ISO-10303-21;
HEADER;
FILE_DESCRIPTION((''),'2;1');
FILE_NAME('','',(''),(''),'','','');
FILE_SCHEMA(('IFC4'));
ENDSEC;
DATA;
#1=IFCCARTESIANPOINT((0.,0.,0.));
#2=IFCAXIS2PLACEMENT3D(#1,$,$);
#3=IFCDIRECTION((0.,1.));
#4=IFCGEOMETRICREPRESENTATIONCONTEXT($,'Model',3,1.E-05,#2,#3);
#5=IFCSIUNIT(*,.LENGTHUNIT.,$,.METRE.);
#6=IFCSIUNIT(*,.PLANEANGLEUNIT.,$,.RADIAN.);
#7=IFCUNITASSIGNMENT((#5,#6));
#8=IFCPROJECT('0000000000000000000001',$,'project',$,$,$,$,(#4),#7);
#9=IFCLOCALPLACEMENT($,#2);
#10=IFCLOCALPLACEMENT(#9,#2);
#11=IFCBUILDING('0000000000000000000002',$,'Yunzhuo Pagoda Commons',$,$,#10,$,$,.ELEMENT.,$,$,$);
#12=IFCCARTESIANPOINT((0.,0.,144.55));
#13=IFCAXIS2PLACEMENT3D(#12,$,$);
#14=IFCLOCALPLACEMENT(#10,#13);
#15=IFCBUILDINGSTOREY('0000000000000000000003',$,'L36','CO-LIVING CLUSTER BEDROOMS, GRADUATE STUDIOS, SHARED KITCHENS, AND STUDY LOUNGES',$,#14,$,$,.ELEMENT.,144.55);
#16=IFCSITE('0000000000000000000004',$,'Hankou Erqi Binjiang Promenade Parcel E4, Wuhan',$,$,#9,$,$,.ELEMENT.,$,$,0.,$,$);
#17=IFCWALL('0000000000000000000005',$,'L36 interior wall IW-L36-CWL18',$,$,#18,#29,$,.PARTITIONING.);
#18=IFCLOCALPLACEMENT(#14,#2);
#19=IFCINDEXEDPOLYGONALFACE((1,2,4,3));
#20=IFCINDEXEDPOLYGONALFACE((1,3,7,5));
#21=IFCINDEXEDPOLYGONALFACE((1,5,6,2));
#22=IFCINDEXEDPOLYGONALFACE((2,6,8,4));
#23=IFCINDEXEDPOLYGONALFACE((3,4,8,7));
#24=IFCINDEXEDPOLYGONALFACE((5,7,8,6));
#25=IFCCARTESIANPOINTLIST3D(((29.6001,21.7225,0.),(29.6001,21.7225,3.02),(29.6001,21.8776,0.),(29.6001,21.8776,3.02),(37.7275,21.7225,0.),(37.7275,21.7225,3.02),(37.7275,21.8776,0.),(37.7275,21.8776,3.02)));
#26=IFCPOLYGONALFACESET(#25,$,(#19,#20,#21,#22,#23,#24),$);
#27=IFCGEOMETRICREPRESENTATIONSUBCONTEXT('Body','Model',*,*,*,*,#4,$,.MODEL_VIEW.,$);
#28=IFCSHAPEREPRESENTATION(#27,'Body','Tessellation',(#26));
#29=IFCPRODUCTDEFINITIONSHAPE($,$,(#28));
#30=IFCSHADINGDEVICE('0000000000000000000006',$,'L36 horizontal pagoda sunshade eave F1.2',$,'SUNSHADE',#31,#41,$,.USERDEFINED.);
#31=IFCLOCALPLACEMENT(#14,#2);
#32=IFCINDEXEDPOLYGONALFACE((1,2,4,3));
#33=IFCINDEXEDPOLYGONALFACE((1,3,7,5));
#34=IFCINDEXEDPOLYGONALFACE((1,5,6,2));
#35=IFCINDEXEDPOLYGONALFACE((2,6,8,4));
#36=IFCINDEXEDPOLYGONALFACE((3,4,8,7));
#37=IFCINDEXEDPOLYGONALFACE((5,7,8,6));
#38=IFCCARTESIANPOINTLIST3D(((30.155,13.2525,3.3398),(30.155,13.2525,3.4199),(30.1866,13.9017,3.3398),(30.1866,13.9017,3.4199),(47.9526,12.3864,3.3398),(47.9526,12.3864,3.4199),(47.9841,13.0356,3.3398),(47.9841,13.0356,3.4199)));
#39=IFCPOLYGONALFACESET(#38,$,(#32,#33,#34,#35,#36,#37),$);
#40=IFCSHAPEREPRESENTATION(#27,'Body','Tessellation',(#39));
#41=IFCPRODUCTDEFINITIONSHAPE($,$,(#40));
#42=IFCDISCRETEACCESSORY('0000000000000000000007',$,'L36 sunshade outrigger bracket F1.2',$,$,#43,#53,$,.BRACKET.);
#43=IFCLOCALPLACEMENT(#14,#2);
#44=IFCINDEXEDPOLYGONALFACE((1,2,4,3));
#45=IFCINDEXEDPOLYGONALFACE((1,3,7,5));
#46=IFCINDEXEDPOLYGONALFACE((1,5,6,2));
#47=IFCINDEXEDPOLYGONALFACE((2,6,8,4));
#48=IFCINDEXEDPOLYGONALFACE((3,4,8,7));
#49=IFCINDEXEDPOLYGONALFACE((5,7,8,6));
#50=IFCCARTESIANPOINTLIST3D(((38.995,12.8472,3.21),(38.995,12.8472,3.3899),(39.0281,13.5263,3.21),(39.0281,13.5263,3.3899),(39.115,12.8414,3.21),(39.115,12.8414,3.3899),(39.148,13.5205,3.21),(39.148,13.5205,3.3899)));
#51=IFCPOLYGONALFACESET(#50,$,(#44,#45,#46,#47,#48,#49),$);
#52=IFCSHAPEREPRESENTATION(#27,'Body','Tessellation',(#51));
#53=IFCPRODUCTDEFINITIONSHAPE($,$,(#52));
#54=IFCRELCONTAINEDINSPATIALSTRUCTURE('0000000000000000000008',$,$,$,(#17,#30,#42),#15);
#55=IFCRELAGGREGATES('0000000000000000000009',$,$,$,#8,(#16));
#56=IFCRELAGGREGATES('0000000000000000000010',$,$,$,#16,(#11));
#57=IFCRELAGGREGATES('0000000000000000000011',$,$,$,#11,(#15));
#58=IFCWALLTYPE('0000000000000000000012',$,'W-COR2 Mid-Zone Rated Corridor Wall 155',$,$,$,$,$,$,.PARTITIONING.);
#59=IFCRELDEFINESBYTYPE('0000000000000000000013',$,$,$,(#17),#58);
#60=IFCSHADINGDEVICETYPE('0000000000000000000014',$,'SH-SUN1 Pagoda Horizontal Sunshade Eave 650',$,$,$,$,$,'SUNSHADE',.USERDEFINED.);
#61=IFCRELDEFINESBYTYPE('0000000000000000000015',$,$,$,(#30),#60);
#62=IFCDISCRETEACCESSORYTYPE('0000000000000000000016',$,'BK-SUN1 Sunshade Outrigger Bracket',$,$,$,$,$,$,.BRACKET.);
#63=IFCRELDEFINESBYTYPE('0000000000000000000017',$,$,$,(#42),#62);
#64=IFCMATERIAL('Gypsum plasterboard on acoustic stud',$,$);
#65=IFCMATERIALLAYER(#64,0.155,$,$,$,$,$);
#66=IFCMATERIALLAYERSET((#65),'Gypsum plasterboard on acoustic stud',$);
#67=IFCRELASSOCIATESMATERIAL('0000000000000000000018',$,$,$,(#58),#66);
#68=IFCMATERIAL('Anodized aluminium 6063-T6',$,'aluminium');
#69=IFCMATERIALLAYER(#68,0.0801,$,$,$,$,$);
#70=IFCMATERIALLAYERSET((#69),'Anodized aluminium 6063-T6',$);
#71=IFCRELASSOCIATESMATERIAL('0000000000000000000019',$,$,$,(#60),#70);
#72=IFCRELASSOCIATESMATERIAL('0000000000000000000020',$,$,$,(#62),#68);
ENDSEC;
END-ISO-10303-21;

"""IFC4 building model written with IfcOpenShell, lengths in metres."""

from ifc_helpers import new_model, si_unit, direction, frame, frame_2d, origin, origin_2d, place, context, subcontext, project, spatial, rectangle, extrude, source, transform, mapped, material, layer, layer_set, type_object, element, save


model = new_model("IFC4")

# Units and contexts
model_context = context("Model", 3, precision=1e-05, world=origin(), true_north=direction((0.0, 1.0)))
body_context = subcontext(model_context, "Body", "Model", "MODEL_VIEW")
ifc_project = project(units=[si_unit("LENGTHUNIT", "METRE"), si_unit("PLANEANGLEUNIT", "RADIAN")], contexts=[model_context])

# Site, building, storey
site_placement = place(None, origin())
site = spatial("IfcSite", under=ifc_project, at=site_placement, Name="Hankou Erqi Binjiang Promenade Parcel E4, Wuhan", CompositionType="ELEMENT", RefElevation=0.0)
building_placement = place(site_placement, origin())
building = spatial("IfcBuilding", under=site, at=building_placement, Name="Yunzhuo Pagoda Commons", CompositionType="ELEMENT")
storey_placement = place(building_placement, frame((0.0, 0.0, 144.55)))
storey = spatial("IfcBuildingStorey", under=building, at=storey_placement, Name="L36", Description="CO-LIVING CLUSTER BEDROOMS, GRADUATE STUDIOS, SHARED KITCHENS, AND STUDY LOUNGES", CompositionType="ELEMENT", Elevation=144.55)

# Shared definitions
ifc_material_1 = material(Name="Anodized aluminium 6063-T6", Category="aluminium")

# Wall
ifc_material_2 = material(Name="Gypsum plasterboard on acoustic stud")
ifc_layer_1 = layer(ifc_material_2, 0.155)
ifc_layer_set_1 = layer_set([ifc_layer_1], Name="Gypsum plasterboard on acoustic stud")
wall_type = type_object("IfcWallType", Name="W-COR2 Mid-Zone Rated Corridor Wall 155", PredefinedType="PARTITIONING", material=ifc_layer_set_1)
wall_placement = place(storey_placement, frame((37.7275, 21.8, 0.0), z_axis=(0.0, 0.0, 1.0), x_axis=(-1.0, 0.0, 0.0)))
element("IfcWall", 1, at=wall_placement, inside=storey, type_object=wall_type, Name="L36 interior wall IW-L36-CWL18", PredefinedType="PARTITIONING", context=body_context, shape_type="SweptSolid", body=[
    extrude(rectangle(XDim=8.1274, YDim=0.155, at=frame_2d((4.0637, 0.0))), origin(), (0.0, 0.0, 1.0), 3.02),
])

# Shading device
ifc_layer_2 = layer(ifc_material_1, 0.0801)
ifc_layer_set_2 = layer_set([ifc_layer_2], Name="Anodized aluminium 6063-T6")
shading_device_type = type_object("IfcShadingDeviceType", Name="SH-SUN1 Pagoda Horizontal Sunshade Eave 650", ElementType="SUNSHADE", PredefinedType="USERDEFINED", material=ifc_layer_set_2)
shared_shape_1 = source(origin(), body_context, "Body", "SweptSolid", [
    extrude(rectangle(XDim=17.8186, YDim=0.6499, at=origin_2d()), origin(), (0.0, 0.0, 1.0), 0.0801),
])
shading_device_placement = place(storey_placement, frame((39.0696, 13.144, 3.3398), z_axis=(0.0, 0.0, 1.0), x_axis=(0.998818, -0.048606, 0.0)))
element("IfcShadingDevice", 2, at=shading_device_placement, inside=storey, type_object=shading_device_type, Name="L36 horizontal pagoda sunshade eave F1.2", ObjectType="SUNSHADE", PredefinedType="USERDEFINED", context=body_context, shape_type="MappedRepresentation", body=[
    mapped(shared_shape_1, transform((0.0, 0.0, 0.0), scale=1.0)),
])

# Discrete accessory
discrete_accessory_type = type_object("IfcDiscreteAccessoryType", Name="BK-SUN1 Sunshade Outrigger Bracket", PredefinedType="BRACKET", material=ifc_material_1)
shared_shape_2 = source(origin(), body_context, "Body", "SweptSolid", [
    extrude(rectangle(XDim=0.1201, YDim=0.6799, at=origin_2d()), origin(), (0.0, 0.0, 1.0), 0.1799),
])
discrete_accessory_placement = place(storey_placement, frame((39.0715, 13.1838, 3.21), z_axis=(0.0, 0.0, 1.0), x_axis=(0.998818, -0.048606, 0.0)))
element("IfcDiscreteAccessory", 3, at=discrete_accessory_placement, inside=storey, type_object=discrete_accessory_type, Name="L36 sunshade outrigger bracket F1.2", PredefinedType="BRACKET", context=body_context, shape_type="MappedRepresentation", body=[
    mapped(shared_shape_2, transform((0.0, 0.0, 0.0), scale=1.0)),
])

save(model, "model.ifc")
